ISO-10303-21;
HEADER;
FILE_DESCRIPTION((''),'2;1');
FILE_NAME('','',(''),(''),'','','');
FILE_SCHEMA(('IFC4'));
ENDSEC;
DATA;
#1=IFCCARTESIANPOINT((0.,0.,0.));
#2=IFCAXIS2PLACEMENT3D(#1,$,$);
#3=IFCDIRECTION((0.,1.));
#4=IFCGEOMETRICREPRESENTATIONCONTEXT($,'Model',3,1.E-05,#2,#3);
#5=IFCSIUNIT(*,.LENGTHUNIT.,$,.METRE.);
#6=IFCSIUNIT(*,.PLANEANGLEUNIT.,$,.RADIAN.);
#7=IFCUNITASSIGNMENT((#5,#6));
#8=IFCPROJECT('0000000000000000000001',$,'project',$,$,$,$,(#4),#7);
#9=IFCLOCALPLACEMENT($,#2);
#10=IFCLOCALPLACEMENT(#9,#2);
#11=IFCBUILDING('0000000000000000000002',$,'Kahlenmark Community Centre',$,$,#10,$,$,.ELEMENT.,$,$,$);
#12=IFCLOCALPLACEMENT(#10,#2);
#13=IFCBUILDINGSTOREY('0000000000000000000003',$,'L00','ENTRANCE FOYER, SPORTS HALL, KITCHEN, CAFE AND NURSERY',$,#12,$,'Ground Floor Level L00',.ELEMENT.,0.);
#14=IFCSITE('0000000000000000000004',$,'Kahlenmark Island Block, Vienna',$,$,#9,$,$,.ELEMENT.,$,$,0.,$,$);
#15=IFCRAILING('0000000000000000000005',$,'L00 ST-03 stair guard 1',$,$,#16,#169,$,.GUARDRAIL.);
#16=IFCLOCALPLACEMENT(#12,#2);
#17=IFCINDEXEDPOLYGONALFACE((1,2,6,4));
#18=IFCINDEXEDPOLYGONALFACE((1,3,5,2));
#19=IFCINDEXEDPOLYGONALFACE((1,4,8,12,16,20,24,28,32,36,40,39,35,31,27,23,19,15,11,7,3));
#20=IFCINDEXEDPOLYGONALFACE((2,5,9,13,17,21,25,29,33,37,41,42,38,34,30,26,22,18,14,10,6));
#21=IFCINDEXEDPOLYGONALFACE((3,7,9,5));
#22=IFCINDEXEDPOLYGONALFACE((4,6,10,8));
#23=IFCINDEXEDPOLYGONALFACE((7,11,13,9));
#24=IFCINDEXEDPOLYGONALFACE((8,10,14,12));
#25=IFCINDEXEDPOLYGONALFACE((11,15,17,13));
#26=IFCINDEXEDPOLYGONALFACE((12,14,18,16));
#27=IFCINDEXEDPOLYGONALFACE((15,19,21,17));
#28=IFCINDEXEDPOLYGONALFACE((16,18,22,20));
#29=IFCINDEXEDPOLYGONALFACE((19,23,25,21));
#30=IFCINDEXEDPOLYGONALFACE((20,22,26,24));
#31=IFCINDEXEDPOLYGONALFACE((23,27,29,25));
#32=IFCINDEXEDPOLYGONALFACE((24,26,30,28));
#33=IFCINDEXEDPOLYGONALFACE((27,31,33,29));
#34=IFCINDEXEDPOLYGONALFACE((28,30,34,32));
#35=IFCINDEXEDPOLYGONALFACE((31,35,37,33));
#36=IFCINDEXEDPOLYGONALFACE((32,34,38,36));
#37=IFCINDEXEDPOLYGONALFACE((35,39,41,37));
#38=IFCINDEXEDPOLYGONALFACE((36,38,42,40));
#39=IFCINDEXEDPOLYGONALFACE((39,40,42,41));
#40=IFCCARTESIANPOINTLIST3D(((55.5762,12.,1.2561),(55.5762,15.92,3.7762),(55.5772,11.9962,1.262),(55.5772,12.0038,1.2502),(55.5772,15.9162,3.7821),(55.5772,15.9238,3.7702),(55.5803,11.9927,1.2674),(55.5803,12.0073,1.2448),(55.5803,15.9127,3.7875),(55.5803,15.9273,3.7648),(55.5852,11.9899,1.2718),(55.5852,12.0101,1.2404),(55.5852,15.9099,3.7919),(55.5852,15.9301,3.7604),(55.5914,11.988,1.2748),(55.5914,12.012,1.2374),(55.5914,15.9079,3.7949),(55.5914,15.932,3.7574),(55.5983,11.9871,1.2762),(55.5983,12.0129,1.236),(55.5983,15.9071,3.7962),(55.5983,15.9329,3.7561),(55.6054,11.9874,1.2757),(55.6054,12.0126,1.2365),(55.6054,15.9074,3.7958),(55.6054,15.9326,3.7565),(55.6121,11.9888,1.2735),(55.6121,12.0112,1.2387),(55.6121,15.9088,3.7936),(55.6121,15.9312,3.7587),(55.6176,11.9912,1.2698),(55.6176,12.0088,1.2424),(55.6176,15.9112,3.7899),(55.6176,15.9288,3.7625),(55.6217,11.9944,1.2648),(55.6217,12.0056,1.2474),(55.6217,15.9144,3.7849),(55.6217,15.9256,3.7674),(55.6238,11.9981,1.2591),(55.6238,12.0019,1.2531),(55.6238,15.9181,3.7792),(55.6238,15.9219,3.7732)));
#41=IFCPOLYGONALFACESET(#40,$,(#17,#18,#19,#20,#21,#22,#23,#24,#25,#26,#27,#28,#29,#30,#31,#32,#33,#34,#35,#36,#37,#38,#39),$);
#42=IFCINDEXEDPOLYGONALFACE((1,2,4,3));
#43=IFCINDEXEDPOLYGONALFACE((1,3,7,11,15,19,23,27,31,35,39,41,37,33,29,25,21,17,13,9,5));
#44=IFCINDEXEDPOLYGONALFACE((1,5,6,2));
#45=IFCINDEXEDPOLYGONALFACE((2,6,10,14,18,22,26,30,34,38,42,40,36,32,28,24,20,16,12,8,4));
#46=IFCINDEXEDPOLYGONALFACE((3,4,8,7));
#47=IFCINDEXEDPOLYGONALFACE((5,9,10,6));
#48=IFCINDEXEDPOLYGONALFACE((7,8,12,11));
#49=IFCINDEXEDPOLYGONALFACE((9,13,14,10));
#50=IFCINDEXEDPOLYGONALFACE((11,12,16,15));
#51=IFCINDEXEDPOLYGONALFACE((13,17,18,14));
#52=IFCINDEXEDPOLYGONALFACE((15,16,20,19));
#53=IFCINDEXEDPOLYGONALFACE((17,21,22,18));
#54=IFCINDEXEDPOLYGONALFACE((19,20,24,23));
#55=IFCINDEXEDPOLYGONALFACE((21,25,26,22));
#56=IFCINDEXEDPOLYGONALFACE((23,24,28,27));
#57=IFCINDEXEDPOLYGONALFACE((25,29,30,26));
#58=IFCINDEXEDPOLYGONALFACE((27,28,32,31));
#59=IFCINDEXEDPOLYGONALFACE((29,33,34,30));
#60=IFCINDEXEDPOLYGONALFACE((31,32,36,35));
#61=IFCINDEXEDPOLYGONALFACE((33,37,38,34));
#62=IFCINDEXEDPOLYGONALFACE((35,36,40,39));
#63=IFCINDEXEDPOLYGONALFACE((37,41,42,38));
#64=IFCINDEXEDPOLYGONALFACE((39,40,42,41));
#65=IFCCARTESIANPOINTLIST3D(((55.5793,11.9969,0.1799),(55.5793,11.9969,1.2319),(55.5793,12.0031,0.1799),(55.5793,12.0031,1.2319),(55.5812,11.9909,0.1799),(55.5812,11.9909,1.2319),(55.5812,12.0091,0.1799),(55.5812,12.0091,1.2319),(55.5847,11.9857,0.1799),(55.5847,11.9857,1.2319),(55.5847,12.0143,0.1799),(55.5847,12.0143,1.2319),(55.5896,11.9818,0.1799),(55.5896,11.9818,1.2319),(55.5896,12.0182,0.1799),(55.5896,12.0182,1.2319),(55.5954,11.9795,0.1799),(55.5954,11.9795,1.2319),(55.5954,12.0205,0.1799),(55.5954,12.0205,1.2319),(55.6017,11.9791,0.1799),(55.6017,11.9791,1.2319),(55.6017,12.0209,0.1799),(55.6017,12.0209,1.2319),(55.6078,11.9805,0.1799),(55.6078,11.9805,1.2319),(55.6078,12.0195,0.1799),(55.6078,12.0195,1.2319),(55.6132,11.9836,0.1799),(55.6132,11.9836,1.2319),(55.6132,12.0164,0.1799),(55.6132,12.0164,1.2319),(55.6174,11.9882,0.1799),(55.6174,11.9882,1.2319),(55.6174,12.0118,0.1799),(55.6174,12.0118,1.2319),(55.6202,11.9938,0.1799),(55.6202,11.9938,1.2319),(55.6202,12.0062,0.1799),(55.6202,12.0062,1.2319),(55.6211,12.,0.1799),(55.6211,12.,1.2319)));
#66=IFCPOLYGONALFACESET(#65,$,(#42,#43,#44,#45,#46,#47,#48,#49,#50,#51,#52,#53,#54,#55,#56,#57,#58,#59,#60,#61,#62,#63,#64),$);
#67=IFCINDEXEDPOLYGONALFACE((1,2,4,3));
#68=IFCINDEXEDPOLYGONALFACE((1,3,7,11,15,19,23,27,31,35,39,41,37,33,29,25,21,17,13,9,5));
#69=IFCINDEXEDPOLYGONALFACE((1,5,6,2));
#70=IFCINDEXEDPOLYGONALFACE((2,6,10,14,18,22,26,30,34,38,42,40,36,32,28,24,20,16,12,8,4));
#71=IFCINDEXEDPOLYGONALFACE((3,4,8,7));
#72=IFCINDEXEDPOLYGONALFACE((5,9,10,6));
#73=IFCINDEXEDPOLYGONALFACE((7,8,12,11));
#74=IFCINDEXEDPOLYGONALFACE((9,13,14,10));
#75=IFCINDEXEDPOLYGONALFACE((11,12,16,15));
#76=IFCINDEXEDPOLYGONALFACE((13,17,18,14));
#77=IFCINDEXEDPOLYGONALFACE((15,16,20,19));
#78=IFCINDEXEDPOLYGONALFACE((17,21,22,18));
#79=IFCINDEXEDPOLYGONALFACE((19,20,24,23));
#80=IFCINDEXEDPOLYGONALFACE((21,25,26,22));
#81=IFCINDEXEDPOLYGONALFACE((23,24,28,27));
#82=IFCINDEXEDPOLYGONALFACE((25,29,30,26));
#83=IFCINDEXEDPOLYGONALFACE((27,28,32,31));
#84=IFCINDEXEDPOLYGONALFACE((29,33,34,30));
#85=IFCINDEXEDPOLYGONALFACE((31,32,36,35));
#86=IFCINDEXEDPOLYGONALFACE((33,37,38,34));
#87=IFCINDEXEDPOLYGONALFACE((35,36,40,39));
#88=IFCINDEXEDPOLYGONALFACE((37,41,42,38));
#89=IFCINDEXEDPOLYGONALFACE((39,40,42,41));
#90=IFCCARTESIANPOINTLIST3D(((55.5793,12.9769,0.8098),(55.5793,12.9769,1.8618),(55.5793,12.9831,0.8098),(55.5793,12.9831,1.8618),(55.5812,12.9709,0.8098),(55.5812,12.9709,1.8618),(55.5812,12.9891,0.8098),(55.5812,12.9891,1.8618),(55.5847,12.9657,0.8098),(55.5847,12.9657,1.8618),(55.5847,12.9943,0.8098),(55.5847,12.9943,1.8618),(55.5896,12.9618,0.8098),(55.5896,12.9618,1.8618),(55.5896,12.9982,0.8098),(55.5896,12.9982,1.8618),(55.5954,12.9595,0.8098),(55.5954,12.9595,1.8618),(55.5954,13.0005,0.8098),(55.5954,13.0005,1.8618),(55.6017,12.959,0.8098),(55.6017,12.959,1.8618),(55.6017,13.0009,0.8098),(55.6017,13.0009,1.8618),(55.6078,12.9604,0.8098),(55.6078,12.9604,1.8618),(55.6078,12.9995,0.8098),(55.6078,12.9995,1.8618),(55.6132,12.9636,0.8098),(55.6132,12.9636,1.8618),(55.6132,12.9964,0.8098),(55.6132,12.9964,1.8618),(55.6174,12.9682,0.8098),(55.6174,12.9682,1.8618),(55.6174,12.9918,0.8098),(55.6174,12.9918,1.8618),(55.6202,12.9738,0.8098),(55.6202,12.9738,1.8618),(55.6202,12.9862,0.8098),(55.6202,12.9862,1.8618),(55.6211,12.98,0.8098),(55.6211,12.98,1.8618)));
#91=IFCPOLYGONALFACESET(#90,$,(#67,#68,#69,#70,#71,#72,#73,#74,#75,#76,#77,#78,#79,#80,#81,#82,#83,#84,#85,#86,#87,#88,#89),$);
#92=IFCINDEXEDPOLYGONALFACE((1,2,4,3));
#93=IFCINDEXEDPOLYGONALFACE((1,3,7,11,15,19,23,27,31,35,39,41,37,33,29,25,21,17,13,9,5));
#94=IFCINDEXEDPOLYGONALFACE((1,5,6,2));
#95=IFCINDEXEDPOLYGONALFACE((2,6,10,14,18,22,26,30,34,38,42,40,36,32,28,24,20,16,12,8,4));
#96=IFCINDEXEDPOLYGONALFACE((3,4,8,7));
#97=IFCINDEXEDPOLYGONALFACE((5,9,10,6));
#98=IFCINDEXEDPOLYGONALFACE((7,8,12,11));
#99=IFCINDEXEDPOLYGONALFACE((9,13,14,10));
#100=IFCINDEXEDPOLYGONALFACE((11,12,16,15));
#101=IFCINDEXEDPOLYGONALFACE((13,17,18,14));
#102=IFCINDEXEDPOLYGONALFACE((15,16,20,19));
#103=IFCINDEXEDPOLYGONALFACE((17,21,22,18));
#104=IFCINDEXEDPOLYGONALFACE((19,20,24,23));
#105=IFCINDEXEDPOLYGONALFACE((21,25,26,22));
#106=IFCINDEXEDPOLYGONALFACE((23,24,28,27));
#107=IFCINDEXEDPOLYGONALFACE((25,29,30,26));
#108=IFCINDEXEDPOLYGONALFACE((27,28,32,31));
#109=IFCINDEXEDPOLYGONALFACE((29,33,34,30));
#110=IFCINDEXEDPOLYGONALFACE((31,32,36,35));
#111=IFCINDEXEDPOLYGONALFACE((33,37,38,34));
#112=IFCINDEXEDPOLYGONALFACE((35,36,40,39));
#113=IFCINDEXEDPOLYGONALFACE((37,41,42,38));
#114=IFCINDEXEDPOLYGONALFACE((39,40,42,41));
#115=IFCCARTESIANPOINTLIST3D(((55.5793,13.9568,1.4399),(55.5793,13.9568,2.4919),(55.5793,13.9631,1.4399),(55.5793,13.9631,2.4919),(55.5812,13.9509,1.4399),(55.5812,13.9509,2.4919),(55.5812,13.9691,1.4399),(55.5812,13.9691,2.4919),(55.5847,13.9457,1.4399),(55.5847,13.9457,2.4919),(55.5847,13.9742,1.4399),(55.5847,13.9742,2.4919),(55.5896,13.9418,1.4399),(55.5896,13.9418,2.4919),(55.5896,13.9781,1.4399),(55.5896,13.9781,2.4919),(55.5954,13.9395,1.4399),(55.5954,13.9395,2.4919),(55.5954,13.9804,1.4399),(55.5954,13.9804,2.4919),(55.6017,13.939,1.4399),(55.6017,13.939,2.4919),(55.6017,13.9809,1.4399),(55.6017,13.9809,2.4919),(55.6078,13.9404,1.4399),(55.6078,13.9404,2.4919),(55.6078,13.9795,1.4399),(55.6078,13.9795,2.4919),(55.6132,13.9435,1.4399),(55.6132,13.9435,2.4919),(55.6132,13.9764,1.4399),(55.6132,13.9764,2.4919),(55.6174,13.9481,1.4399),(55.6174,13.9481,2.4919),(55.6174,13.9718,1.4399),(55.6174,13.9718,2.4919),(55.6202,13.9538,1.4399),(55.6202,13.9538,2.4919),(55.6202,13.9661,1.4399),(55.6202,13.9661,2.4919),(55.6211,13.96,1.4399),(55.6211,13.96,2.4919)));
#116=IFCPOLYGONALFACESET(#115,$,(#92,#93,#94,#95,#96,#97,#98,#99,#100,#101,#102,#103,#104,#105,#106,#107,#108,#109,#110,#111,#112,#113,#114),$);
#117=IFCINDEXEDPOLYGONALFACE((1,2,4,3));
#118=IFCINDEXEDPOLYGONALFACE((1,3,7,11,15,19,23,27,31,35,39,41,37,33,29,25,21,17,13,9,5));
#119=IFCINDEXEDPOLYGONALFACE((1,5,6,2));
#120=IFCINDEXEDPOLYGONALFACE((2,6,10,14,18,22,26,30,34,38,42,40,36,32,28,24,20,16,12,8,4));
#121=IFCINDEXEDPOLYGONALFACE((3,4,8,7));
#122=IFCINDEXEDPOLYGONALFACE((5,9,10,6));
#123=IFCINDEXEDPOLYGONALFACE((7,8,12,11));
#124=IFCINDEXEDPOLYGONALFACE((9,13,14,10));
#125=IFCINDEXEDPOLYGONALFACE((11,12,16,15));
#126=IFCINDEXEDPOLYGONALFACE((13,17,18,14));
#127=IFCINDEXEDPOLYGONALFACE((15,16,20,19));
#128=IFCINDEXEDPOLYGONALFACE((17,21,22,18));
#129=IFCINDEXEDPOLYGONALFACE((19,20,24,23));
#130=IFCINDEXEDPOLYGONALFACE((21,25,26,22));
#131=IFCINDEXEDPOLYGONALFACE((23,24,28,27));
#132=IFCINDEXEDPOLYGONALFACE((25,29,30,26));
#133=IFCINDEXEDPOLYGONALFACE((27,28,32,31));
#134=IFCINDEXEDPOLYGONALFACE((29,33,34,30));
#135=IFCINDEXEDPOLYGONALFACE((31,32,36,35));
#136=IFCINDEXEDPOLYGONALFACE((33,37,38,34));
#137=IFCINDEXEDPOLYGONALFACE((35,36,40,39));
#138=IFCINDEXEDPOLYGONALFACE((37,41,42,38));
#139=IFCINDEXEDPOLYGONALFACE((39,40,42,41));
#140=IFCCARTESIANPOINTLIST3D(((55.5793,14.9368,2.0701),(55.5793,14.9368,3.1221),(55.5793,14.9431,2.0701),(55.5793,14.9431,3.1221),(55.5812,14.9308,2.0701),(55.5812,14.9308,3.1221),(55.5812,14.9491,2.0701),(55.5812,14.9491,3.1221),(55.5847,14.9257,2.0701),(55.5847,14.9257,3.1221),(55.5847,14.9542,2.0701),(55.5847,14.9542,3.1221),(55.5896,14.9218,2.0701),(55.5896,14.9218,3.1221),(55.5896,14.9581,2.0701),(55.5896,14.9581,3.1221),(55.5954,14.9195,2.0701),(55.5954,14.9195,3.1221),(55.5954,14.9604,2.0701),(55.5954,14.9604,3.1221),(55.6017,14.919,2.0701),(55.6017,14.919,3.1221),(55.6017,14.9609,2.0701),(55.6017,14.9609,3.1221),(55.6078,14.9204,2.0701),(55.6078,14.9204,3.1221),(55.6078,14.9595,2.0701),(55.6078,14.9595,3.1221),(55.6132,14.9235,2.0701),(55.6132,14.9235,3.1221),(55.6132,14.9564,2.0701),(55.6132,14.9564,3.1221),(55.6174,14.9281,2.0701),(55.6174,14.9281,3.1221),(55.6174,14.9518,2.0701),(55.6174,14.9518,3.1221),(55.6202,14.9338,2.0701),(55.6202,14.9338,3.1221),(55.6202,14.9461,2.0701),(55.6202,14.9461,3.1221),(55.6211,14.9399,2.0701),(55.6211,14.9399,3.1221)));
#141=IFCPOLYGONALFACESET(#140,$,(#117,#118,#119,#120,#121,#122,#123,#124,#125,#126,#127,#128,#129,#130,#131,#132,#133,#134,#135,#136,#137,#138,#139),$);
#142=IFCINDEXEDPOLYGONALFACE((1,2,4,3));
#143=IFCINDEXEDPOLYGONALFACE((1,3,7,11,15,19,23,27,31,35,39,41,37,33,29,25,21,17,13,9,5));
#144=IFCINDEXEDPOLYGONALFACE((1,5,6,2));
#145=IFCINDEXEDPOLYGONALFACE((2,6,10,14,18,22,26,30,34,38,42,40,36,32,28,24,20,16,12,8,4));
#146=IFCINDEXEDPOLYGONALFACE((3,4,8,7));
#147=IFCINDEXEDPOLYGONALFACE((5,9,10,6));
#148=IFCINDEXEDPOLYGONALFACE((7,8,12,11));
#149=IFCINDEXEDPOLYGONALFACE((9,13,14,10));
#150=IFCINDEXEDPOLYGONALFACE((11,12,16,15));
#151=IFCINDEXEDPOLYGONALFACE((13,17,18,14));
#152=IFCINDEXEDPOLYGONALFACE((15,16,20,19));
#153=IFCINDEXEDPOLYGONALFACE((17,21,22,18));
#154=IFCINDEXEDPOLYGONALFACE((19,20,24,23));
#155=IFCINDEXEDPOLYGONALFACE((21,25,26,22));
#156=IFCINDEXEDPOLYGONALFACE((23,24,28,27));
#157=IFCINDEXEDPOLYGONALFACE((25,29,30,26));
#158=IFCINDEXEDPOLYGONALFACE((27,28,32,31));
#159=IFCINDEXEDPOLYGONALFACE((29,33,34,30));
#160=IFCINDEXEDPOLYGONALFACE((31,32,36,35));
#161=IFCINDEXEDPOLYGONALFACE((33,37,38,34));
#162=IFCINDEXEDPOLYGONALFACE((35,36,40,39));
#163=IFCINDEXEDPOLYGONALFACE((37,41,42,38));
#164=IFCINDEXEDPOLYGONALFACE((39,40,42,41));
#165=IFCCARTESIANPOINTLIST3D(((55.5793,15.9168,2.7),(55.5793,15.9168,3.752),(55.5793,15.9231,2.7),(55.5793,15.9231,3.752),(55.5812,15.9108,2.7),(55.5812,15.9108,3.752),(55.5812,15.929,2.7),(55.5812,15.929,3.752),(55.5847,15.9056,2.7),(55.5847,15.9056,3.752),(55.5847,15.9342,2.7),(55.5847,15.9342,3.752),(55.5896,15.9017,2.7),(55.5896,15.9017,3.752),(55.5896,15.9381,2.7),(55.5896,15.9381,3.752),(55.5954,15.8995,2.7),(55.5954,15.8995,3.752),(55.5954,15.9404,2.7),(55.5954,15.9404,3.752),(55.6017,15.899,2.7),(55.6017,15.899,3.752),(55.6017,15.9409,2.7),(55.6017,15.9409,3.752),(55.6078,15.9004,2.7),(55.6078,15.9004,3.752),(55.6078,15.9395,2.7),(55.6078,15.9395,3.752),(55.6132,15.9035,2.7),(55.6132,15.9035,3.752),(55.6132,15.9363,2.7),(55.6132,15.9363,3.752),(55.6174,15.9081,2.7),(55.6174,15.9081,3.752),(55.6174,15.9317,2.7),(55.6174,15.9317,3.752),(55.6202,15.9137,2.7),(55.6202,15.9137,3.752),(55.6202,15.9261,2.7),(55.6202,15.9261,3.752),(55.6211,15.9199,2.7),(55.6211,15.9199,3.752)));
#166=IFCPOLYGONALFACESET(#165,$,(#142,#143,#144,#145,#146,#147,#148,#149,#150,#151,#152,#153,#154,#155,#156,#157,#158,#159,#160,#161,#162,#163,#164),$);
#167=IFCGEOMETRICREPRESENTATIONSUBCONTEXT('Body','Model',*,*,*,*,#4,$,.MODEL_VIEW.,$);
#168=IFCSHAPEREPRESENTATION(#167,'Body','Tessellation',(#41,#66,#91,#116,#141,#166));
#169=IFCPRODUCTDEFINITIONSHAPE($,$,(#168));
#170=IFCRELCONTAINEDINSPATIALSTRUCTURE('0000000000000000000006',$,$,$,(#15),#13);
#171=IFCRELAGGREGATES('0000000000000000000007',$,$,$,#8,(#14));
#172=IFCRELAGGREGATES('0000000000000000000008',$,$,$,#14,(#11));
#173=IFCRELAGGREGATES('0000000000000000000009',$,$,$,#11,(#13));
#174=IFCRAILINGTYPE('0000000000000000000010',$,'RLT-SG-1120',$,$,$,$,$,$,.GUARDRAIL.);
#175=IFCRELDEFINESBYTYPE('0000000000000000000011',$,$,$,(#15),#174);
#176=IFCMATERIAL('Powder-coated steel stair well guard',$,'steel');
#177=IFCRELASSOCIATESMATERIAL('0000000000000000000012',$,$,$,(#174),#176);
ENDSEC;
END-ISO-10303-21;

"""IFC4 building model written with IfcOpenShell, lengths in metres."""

from ifc_helpers import new_model, si_unit, direction, frame, origin, origin_2d, place, context, subcontext, project, spatial, circle, extrude, material, type_object, element, save


model = new_model("IFC4")

# Units and contexts
model_context = context("Model", 3, precision=1e-05, world=origin(), true_north=direction((0.0, 1.0)))
body_context = subcontext(model_context, "Body", "Model", "MODEL_VIEW")
ifc_project = project(units=[si_unit("LENGTHUNIT", "METRE"), si_unit("PLANEANGLEUNIT", "RADIAN")], contexts=[model_context])

# Site, building, storey
site_placement = place(None, origin())
site = spatial("IfcSite", under=ifc_project, at=site_placement, Name="Kahlenmark Island Block, Vienna", CompositionType="ELEMENT", RefElevation=0.0)
building_placement = place(site_placement, origin())
building = spatial("IfcBuilding", under=site, at=building_placement, Name="Kahlenmark Community Centre", CompositionType="ELEMENT")
storey_placement = place(building_placement, origin())
storey = spatial("IfcBuildingStorey", under=building, at=storey_placement, Name="L00", Description="ENTRANCE FOYER, SPORTS HALL, KITCHEN, CAFE AND NURSERY", LongName="Ground Floor Level L00", CompositionType="ELEMENT", Elevation=0.0)

# Railing
ifc_material_1 = material(Name="Powder-coated steel stair well guard", Category="steel")
railing_type_1 = type_object("IfcRailingType", Name="RLT-SG-1120", PredefinedType="GUARDRAIL", material=ifc_material_1)
railing_1_placement = place(storey_placement, frame((55.6001, 12.0, 0.1799)))
element("IfcRailing", 1, at=railing_1_placement, inside=storey, type_object=railing_type_1, Name="L00 ST-03 stair guard 1", PredefinedType="GUARDRAIL", context=body_context, shape_type="SweptSolid", body=[
    extrude(circle(Radius=0.0239, at=origin_2d()), frame((0.0, 0.0, 1.0762), z_axis=(0.0, 0.841172, 0.540768), x_axis=(-1.0, 0.0, 0.0)), (0.0, 0.0, 1.0), 4.6602),
    extrude(circle(Radius=0.021, at=origin_2d()), origin(), (0.0, 0.0, 1.0), 1.052),
    extrude(circle(Radius=0.021, at=origin_2d()), frame((0.0, 0.98, 0.6299)), (0.0, 0.0, 1.0), 1.052),
    extrude(circle(Radius=0.021, at=origin_2d()), frame((0.0, 1.96, 1.26)), (0.0, 0.0, 1.0), 1.052),
    extrude(circle(Radius=0.021, at=origin_2d()), frame((0.0, 2.9399, 1.8901)), (0.0, 0.0, 1.0), 1.052),
    extrude(circle(Radius=0.021, at=origin_2d()), frame((0.0, 3.9199, 2.52)), (0.0, 0.0, 1.0), 1.052),
])

save(model, "model.ifc")
